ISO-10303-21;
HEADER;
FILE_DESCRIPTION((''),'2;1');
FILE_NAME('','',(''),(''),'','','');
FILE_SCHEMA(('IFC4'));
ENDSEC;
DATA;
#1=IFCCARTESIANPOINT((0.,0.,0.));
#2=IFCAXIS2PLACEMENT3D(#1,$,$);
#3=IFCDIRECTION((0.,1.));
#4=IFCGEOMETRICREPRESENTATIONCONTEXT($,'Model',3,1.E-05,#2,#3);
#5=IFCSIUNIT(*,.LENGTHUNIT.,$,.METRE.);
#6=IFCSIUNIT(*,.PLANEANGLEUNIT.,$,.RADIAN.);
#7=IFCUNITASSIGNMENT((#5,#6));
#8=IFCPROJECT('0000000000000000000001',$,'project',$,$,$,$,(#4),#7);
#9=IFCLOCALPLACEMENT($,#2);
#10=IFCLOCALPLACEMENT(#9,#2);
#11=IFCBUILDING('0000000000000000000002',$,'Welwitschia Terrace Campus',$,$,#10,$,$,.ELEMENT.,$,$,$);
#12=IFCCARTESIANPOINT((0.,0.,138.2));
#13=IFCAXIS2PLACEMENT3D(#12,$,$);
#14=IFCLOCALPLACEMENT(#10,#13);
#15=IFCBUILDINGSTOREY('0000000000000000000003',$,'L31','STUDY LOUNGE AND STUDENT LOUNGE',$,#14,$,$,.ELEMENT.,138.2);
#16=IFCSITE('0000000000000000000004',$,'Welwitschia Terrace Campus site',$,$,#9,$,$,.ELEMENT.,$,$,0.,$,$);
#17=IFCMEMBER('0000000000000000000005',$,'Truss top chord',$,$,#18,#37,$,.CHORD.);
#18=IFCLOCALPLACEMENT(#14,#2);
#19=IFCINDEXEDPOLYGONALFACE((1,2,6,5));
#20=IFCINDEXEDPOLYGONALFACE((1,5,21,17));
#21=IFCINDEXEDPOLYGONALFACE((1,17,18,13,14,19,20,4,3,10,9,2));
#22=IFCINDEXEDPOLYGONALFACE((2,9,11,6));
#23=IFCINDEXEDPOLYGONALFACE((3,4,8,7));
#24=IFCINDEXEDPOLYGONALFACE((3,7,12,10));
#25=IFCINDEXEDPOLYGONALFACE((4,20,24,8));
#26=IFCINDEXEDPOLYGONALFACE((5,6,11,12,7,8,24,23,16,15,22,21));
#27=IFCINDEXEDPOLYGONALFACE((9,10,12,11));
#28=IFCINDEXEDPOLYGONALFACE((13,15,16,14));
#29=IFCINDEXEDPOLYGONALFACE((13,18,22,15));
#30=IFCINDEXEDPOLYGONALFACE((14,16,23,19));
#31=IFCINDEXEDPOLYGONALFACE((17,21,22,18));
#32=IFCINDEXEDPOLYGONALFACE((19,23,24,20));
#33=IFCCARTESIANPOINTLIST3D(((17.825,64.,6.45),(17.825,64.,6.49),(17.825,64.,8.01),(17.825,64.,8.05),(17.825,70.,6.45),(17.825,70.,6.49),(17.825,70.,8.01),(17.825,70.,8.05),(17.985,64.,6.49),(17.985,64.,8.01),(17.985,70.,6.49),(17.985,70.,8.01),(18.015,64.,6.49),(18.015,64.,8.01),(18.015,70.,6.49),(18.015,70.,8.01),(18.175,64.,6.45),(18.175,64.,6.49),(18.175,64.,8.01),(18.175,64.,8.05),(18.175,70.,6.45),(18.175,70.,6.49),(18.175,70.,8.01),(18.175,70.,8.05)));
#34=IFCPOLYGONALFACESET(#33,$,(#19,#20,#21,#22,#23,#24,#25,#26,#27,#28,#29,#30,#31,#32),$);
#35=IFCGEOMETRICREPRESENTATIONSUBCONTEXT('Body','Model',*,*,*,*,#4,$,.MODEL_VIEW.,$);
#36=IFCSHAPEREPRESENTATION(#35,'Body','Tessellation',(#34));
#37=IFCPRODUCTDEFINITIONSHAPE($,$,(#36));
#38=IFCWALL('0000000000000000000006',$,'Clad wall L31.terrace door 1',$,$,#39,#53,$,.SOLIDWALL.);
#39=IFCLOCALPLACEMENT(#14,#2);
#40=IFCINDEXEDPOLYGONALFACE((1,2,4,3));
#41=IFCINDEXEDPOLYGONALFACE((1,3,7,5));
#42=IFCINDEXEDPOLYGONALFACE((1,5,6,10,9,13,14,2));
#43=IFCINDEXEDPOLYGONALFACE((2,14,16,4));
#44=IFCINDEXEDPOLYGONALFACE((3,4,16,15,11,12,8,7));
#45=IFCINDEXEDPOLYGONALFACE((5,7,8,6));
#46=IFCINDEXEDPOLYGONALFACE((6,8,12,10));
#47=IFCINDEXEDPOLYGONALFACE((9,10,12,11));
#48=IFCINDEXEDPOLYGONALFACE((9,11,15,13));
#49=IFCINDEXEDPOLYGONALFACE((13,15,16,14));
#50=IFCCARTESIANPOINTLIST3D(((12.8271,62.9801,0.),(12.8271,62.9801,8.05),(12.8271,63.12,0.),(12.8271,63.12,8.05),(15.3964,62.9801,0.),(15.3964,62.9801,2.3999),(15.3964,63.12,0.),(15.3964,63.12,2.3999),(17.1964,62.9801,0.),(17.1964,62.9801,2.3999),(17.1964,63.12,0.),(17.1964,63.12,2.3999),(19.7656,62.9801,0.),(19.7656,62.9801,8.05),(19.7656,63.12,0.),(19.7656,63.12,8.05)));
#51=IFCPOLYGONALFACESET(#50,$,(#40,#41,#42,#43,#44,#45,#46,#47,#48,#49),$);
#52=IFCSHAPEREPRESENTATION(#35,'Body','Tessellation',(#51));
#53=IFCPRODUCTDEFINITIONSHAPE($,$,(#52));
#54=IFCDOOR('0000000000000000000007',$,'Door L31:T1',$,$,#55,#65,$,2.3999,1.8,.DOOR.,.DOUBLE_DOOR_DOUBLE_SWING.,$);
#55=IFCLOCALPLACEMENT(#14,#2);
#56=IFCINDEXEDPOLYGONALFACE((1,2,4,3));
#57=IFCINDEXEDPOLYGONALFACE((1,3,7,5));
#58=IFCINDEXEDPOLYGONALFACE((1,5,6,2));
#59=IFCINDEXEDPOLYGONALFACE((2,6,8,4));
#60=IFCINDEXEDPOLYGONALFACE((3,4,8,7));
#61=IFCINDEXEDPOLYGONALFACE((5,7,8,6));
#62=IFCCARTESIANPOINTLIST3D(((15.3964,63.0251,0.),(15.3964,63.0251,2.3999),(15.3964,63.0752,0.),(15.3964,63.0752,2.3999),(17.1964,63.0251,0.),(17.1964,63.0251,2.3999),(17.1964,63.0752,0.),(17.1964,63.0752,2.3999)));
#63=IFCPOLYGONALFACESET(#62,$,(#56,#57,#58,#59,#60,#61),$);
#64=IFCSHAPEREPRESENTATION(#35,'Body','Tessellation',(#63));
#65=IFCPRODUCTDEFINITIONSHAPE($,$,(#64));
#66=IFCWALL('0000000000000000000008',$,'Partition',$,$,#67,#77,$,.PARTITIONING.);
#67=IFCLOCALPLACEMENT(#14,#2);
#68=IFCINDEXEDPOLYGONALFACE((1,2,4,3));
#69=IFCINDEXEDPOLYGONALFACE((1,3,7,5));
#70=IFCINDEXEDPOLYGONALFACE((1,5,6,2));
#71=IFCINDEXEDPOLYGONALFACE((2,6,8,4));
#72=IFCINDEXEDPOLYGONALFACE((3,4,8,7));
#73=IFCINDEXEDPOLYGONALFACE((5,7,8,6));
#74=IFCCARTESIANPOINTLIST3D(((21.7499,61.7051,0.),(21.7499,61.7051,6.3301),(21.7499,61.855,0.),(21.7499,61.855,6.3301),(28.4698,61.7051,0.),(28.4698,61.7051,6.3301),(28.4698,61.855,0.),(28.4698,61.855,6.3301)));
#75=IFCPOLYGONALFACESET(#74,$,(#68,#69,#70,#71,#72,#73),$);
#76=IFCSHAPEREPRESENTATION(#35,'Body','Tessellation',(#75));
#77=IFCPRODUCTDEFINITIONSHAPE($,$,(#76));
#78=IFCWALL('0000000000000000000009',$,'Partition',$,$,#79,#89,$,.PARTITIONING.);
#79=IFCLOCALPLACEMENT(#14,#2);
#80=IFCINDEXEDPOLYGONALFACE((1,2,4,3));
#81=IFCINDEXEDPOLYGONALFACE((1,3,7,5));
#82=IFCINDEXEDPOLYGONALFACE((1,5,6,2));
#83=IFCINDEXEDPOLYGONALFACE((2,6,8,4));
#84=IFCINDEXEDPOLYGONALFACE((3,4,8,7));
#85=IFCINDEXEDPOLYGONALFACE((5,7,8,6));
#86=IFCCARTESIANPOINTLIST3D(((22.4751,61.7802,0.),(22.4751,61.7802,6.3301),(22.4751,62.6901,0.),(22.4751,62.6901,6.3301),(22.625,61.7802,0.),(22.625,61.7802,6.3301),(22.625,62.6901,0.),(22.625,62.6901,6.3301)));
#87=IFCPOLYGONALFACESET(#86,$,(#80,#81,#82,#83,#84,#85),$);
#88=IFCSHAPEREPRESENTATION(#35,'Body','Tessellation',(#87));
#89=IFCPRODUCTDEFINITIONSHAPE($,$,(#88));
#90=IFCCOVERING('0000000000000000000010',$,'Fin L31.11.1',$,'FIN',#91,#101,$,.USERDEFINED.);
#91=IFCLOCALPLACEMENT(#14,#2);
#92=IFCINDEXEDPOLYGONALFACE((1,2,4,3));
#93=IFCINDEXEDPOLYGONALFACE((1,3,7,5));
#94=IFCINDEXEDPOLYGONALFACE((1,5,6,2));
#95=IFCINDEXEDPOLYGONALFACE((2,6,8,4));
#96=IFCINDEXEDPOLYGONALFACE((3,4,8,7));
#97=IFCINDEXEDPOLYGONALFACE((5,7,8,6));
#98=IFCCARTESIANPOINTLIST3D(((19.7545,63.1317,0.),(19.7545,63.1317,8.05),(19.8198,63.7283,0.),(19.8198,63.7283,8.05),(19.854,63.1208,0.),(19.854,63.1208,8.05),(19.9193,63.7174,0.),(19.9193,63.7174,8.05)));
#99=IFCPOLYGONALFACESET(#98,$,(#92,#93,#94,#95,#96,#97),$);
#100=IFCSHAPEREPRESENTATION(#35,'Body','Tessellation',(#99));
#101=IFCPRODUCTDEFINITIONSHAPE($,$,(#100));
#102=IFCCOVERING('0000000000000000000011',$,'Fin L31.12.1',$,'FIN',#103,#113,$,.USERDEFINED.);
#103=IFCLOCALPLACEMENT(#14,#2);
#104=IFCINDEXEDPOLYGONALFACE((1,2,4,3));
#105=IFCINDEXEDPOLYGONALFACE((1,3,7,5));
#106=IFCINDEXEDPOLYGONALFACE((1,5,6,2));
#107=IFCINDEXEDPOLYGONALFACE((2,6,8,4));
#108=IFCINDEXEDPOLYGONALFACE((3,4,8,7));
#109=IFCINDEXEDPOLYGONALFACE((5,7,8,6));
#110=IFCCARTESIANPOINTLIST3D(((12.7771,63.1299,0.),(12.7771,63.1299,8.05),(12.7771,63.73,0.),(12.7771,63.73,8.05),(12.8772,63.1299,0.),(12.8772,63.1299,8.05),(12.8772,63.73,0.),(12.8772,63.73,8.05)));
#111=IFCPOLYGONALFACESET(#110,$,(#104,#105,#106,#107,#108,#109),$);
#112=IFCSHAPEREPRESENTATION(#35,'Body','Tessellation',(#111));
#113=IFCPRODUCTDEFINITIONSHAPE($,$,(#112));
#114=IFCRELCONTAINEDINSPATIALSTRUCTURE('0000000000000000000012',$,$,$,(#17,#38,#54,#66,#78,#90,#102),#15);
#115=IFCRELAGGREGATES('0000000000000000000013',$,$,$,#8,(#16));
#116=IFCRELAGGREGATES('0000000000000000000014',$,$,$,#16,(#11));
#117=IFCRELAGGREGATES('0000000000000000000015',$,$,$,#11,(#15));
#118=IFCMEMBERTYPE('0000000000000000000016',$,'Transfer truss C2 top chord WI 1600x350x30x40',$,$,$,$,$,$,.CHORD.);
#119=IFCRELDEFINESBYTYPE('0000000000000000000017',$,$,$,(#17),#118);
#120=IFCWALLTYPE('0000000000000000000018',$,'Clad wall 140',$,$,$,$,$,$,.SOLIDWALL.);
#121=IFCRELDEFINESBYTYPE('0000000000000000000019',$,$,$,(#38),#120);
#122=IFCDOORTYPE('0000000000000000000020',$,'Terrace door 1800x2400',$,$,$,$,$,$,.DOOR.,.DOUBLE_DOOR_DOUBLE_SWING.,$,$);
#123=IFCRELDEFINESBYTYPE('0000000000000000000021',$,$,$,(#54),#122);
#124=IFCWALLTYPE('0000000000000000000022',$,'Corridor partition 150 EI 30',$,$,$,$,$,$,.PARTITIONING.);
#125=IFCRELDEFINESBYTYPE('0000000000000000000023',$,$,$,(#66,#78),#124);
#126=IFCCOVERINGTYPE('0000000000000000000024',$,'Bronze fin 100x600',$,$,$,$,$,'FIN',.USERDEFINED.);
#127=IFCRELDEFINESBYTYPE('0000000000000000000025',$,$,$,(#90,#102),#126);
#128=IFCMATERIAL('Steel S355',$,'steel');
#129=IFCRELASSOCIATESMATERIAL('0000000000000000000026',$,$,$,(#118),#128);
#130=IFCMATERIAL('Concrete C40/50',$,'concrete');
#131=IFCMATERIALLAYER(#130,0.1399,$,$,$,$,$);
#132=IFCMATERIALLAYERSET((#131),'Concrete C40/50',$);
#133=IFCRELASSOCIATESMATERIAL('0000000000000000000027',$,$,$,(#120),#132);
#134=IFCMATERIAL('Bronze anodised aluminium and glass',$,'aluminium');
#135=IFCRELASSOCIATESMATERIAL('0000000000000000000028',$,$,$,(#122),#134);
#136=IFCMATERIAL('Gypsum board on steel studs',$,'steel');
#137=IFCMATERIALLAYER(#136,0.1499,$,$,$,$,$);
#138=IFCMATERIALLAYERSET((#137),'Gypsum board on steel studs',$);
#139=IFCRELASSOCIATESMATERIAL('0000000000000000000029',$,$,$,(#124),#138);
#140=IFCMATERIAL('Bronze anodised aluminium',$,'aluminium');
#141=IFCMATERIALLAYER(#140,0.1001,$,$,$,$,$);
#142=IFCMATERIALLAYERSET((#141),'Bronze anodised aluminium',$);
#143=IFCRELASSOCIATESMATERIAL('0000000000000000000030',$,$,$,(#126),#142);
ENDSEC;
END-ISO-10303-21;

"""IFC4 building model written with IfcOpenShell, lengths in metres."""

from ifc_helpers import new_model, si_unit, direction, frame, frame_2d, origin, origin_2d, place, context, subcontext, project, spatial, rectangle, i_section, extrude, material, layer, layer_set, material_profile, profile_set, type_object, element, fill, save


model = new_model("IFC4")

# Units and contexts
model_context = context("Model", 3, precision=1e-05, world=origin(), true_north=direction((0.0, 1.0)))
body_context = subcontext(model_context, "Body", "Model", "MODEL_VIEW")
ifc_project = project(units=[si_unit("LENGTHUNIT", "METRE"), si_unit("PLANEANGLEUNIT", "RADIAN")], contexts=[model_context])

# Site, building, storey
site_placement = place(None, origin())
site = spatial("IfcSite", under=ifc_project, at=site_placement, Name="Welwitschia Terrace Campus site", CompositionType="ELEMENT", RefElevation=0.0)
building_placement = place(site_placement, origin())
building = spatial("IfcBuilding", under=site, at=building_placement, Name="Welwitschia Terrace Campus", CompositionType="ELEMENT")
storey_placement = place(building_placement, frame((0.0, 0.0, 138.2)))
storey = spatial("IfcBuildingStorey", under=building, at=storey_placement, Name="L31", Description="STUDY LOUNGE AND STUDENT LOUNGE", CompositionType="ELEMENT", Elevation=138.2)

# Member
ifc_material_1 = material(Name="Steel S355", Category="steel")
ifc_material_profile_1 = material_profile(ifc_material_1, i_section(OverallWidth=0.3501, OverallDepth=1.6001, WebThickness=0.03, FlangeThickness=0.04, at=origin_2d()))
ifc_profile_set_1 = profile_set([ifc_material_profile_1], Name="Steel S355")
member_type_1 = type_object("IfcMemberType", Name="Transfer truss C2 top chord WI 1600x350x30x40", PredefinedType="CHORD", material=ifc_profile_set_1)
member_1_placement = place(storey_placement, frame((18.0, 64.0, 7.25), z_axis=(0.0, 1.0, 0.0), x_axis=(-1.0, 0.0, 0.0)))
element("IfcMember", 1, at=member_1_placement, inside=storey, type_object=member_type_1, Name="Truss top chord", PredefinedType="CHORD", context=body_context, shape_type="SweptSolid", body=[
    extrude(i_section(OverallWidth=0.3501, OverallDepth=1.6001, WebThickness=0.03, FlangeThickness=0.04, at=origin_2d()), origin(), (0.0, 0.0, 1.0), 6.0),
])

# Wall, opening, door
ifc_material_2 = material(Name="Concrete C40/50", Category="concrete")
ifc_layer_1 = layer(ifc_material_2, 0.1399)
ifc_layer_set_1 = layer_set([ifc_layer_1], Name="Concrete C40/50")
wall_type_1 = type_object("IfcWallType", Name="Clad wall 140", PredefinedType="SOLIDWALL", material=ifc_layer_set_1)
wall_1_placement = place(storey_placement, frame((19.7656, 63.05, 0.0), z_axis=(0.0, 0.0, 1.0), x_axis=(-1.0, 0.0, 0.0)))
wall_1 = element("IfcWall", 2, at=wall_1_placement, inside=storey, type_object=wall_type_1, Name="Clad wall L31.terrace door 1", PredefinedType="SOLIDWALL", context=body_context, shape_type="SweptSolid", body=[
    extrude(rectangle(XDim=6.9385, YDim=0.1399, at=frame_2d((3.4692, 0.0))), origin(), (0.0, 0.0, 1.0), 8.05),
])
opening_placement = place(wall_1_placement, frame((2.5693, 0.0, 0.0)))
opening = element("IfcOpeningElement", 3, at=opening_placement, cuts=wall_1, PredefinedType="OPENING", context=body_context, shape_type="SweptSolid", body=[
    extrude(rectangle(XDim=1.8, YDim=2.3999, at=frame_2d((0.8999, 1.2))), frame((0.0, 0.0798, 0.0), z_axis=(0.0, -1.0, 0.0), x_axis=(1.0, 0.0, 0.0)), (0.0, 0.0, 1.0), 0.1599),
])
ifc_material_3 = material(Name="Bronze anodised aluminium and glass", Category="aluminium")
door_type = type_object("IfcDoorType", Name="Terrace door 1800x2400", OperationType="DOUBLE_DOOR_DOUBLE_SWING", PredefinedType="DOOR", material=ifc_material_3)
door_placement = place(opening_placement, origin())
door = element("IfcDoor", 4, at=door_placement, inside=storey, type_object=door_type, Name="Door L31:T1", OperationType="DOUBLE_DOOR_DOUBLE_SWING", OverallHeight=2.3999, OverallWidth=1.8, PredefinedType="DOOR", context=body_context, shape_type="SweptSolid", body=[
    extrude(rectangle(XDim=1.8, YDim=2.3999, at=frame_2d((0.8999, 1.2))), frame((0.0, 0.0249, 0.0), z_axis=(0.0, -1.0, 0.0), x_axis=(1.0, 0.0, 0.0)), (0.0, 0.0, 1.0), 0.05),
])
fill(opening, door)

# Walls
ifc_material_4 = material(Name="Gypsum board on steel studs", Category="steel")
ifc_layer_2 = layer(ifc_material_4, 0.1499)
ifc_layer_set_2 = layer_set([ifc_layer_2], Name="Gypsum board on steel studs")
wall_type_2 = type_object("IfcWallType", Name="Corridor partition 150 EI 30", PredefinedType="PARTITIONING", material=ifc_layer_set_2)
wall_2_placement = place(storey_placement, frame((21.75, 61.78, 0.0), z_axis=(0.0, 0.0, 1.0), x_axis=(1.0, 0.0, 0.0)))
element("IfcWall", 5, at=wall_2_placement, inside=storey, type_object=wall_type_2, Name="Partition", PredefinedType="PARTITIONING", context=body_context, shape_type="SweptSolid", body=[
    extrude(rectangle(XDim=6.72, YDim=0.1499, at=frame_2d((3.3599, 0.0))), origin(), (0.0, 0.0, 1.0), 6.3301),
])
wall_3_placement = place(storey_placement, frame((22.55, 61.78, 0.0), z_axis=(0.0, 0.0, 1.0), x_axis=(0.0, 1.0, 0.0)))
element("IfcWall", 6, at=wall_3_placement, inside=storey, type_object=wall_type_2, Name="Partition", PredefinedType="PARTITIONING", context=body_context, shape_type="SweptSolid", body=[
    extrude(rectangle(XDim=0.9099, YDim=0.1499, at=frame_2d((0.4551, 0.0))), origin(), (0.0, 0.0, 1.0), 6.3301),
])

# Coverings
ifc_material_5 = material(Name="Bronze anodised aluminium", Category="aluminium")
ifc_layer_3 = layer(ifc_material_5, 0.1001)
ifc_layer_set_3 = layer_set([ifc_layer_3], Name="Bronze anodised aluminium")
covering_type = type_object("IfcCoveringType", Name="Bronze fin 100x600", ElementType="FIN", PredefinedType="USERDEFINED", material=ifc_layer_set_3)
for number, where, z_axis, x_axis, name in (
    (7, (19.8369, 63.4246, 0.0), (0.0, 0.0, 1.0), (-0.994056, 0.108867, 0.0), "Fin L31.11.1"),
    (8, (12.8271, 63.4299, 0.0), (0.0, 0.0, 1.0), (-1.0, 0.0, 0.0), "Fin L31.12.1"),
):
    element("IfcCovering", number, at=place(storey_placement, frame(where, z_axis=z_axis, x_axis=x_axis)), inside=storey, type_object=covering_type, Name=name, ObjectType="FIN", PredefinedType="USERDEFINED", context=body_context, shape_type="SweptSolid", body=[
        extrude(rectangle(XDim=0.1001, YDim=0.6001, at=origin_2d()), origin(), (0.0, 0.0, 1.0), 8.05),
    ])

save(model, "model.ifc")
